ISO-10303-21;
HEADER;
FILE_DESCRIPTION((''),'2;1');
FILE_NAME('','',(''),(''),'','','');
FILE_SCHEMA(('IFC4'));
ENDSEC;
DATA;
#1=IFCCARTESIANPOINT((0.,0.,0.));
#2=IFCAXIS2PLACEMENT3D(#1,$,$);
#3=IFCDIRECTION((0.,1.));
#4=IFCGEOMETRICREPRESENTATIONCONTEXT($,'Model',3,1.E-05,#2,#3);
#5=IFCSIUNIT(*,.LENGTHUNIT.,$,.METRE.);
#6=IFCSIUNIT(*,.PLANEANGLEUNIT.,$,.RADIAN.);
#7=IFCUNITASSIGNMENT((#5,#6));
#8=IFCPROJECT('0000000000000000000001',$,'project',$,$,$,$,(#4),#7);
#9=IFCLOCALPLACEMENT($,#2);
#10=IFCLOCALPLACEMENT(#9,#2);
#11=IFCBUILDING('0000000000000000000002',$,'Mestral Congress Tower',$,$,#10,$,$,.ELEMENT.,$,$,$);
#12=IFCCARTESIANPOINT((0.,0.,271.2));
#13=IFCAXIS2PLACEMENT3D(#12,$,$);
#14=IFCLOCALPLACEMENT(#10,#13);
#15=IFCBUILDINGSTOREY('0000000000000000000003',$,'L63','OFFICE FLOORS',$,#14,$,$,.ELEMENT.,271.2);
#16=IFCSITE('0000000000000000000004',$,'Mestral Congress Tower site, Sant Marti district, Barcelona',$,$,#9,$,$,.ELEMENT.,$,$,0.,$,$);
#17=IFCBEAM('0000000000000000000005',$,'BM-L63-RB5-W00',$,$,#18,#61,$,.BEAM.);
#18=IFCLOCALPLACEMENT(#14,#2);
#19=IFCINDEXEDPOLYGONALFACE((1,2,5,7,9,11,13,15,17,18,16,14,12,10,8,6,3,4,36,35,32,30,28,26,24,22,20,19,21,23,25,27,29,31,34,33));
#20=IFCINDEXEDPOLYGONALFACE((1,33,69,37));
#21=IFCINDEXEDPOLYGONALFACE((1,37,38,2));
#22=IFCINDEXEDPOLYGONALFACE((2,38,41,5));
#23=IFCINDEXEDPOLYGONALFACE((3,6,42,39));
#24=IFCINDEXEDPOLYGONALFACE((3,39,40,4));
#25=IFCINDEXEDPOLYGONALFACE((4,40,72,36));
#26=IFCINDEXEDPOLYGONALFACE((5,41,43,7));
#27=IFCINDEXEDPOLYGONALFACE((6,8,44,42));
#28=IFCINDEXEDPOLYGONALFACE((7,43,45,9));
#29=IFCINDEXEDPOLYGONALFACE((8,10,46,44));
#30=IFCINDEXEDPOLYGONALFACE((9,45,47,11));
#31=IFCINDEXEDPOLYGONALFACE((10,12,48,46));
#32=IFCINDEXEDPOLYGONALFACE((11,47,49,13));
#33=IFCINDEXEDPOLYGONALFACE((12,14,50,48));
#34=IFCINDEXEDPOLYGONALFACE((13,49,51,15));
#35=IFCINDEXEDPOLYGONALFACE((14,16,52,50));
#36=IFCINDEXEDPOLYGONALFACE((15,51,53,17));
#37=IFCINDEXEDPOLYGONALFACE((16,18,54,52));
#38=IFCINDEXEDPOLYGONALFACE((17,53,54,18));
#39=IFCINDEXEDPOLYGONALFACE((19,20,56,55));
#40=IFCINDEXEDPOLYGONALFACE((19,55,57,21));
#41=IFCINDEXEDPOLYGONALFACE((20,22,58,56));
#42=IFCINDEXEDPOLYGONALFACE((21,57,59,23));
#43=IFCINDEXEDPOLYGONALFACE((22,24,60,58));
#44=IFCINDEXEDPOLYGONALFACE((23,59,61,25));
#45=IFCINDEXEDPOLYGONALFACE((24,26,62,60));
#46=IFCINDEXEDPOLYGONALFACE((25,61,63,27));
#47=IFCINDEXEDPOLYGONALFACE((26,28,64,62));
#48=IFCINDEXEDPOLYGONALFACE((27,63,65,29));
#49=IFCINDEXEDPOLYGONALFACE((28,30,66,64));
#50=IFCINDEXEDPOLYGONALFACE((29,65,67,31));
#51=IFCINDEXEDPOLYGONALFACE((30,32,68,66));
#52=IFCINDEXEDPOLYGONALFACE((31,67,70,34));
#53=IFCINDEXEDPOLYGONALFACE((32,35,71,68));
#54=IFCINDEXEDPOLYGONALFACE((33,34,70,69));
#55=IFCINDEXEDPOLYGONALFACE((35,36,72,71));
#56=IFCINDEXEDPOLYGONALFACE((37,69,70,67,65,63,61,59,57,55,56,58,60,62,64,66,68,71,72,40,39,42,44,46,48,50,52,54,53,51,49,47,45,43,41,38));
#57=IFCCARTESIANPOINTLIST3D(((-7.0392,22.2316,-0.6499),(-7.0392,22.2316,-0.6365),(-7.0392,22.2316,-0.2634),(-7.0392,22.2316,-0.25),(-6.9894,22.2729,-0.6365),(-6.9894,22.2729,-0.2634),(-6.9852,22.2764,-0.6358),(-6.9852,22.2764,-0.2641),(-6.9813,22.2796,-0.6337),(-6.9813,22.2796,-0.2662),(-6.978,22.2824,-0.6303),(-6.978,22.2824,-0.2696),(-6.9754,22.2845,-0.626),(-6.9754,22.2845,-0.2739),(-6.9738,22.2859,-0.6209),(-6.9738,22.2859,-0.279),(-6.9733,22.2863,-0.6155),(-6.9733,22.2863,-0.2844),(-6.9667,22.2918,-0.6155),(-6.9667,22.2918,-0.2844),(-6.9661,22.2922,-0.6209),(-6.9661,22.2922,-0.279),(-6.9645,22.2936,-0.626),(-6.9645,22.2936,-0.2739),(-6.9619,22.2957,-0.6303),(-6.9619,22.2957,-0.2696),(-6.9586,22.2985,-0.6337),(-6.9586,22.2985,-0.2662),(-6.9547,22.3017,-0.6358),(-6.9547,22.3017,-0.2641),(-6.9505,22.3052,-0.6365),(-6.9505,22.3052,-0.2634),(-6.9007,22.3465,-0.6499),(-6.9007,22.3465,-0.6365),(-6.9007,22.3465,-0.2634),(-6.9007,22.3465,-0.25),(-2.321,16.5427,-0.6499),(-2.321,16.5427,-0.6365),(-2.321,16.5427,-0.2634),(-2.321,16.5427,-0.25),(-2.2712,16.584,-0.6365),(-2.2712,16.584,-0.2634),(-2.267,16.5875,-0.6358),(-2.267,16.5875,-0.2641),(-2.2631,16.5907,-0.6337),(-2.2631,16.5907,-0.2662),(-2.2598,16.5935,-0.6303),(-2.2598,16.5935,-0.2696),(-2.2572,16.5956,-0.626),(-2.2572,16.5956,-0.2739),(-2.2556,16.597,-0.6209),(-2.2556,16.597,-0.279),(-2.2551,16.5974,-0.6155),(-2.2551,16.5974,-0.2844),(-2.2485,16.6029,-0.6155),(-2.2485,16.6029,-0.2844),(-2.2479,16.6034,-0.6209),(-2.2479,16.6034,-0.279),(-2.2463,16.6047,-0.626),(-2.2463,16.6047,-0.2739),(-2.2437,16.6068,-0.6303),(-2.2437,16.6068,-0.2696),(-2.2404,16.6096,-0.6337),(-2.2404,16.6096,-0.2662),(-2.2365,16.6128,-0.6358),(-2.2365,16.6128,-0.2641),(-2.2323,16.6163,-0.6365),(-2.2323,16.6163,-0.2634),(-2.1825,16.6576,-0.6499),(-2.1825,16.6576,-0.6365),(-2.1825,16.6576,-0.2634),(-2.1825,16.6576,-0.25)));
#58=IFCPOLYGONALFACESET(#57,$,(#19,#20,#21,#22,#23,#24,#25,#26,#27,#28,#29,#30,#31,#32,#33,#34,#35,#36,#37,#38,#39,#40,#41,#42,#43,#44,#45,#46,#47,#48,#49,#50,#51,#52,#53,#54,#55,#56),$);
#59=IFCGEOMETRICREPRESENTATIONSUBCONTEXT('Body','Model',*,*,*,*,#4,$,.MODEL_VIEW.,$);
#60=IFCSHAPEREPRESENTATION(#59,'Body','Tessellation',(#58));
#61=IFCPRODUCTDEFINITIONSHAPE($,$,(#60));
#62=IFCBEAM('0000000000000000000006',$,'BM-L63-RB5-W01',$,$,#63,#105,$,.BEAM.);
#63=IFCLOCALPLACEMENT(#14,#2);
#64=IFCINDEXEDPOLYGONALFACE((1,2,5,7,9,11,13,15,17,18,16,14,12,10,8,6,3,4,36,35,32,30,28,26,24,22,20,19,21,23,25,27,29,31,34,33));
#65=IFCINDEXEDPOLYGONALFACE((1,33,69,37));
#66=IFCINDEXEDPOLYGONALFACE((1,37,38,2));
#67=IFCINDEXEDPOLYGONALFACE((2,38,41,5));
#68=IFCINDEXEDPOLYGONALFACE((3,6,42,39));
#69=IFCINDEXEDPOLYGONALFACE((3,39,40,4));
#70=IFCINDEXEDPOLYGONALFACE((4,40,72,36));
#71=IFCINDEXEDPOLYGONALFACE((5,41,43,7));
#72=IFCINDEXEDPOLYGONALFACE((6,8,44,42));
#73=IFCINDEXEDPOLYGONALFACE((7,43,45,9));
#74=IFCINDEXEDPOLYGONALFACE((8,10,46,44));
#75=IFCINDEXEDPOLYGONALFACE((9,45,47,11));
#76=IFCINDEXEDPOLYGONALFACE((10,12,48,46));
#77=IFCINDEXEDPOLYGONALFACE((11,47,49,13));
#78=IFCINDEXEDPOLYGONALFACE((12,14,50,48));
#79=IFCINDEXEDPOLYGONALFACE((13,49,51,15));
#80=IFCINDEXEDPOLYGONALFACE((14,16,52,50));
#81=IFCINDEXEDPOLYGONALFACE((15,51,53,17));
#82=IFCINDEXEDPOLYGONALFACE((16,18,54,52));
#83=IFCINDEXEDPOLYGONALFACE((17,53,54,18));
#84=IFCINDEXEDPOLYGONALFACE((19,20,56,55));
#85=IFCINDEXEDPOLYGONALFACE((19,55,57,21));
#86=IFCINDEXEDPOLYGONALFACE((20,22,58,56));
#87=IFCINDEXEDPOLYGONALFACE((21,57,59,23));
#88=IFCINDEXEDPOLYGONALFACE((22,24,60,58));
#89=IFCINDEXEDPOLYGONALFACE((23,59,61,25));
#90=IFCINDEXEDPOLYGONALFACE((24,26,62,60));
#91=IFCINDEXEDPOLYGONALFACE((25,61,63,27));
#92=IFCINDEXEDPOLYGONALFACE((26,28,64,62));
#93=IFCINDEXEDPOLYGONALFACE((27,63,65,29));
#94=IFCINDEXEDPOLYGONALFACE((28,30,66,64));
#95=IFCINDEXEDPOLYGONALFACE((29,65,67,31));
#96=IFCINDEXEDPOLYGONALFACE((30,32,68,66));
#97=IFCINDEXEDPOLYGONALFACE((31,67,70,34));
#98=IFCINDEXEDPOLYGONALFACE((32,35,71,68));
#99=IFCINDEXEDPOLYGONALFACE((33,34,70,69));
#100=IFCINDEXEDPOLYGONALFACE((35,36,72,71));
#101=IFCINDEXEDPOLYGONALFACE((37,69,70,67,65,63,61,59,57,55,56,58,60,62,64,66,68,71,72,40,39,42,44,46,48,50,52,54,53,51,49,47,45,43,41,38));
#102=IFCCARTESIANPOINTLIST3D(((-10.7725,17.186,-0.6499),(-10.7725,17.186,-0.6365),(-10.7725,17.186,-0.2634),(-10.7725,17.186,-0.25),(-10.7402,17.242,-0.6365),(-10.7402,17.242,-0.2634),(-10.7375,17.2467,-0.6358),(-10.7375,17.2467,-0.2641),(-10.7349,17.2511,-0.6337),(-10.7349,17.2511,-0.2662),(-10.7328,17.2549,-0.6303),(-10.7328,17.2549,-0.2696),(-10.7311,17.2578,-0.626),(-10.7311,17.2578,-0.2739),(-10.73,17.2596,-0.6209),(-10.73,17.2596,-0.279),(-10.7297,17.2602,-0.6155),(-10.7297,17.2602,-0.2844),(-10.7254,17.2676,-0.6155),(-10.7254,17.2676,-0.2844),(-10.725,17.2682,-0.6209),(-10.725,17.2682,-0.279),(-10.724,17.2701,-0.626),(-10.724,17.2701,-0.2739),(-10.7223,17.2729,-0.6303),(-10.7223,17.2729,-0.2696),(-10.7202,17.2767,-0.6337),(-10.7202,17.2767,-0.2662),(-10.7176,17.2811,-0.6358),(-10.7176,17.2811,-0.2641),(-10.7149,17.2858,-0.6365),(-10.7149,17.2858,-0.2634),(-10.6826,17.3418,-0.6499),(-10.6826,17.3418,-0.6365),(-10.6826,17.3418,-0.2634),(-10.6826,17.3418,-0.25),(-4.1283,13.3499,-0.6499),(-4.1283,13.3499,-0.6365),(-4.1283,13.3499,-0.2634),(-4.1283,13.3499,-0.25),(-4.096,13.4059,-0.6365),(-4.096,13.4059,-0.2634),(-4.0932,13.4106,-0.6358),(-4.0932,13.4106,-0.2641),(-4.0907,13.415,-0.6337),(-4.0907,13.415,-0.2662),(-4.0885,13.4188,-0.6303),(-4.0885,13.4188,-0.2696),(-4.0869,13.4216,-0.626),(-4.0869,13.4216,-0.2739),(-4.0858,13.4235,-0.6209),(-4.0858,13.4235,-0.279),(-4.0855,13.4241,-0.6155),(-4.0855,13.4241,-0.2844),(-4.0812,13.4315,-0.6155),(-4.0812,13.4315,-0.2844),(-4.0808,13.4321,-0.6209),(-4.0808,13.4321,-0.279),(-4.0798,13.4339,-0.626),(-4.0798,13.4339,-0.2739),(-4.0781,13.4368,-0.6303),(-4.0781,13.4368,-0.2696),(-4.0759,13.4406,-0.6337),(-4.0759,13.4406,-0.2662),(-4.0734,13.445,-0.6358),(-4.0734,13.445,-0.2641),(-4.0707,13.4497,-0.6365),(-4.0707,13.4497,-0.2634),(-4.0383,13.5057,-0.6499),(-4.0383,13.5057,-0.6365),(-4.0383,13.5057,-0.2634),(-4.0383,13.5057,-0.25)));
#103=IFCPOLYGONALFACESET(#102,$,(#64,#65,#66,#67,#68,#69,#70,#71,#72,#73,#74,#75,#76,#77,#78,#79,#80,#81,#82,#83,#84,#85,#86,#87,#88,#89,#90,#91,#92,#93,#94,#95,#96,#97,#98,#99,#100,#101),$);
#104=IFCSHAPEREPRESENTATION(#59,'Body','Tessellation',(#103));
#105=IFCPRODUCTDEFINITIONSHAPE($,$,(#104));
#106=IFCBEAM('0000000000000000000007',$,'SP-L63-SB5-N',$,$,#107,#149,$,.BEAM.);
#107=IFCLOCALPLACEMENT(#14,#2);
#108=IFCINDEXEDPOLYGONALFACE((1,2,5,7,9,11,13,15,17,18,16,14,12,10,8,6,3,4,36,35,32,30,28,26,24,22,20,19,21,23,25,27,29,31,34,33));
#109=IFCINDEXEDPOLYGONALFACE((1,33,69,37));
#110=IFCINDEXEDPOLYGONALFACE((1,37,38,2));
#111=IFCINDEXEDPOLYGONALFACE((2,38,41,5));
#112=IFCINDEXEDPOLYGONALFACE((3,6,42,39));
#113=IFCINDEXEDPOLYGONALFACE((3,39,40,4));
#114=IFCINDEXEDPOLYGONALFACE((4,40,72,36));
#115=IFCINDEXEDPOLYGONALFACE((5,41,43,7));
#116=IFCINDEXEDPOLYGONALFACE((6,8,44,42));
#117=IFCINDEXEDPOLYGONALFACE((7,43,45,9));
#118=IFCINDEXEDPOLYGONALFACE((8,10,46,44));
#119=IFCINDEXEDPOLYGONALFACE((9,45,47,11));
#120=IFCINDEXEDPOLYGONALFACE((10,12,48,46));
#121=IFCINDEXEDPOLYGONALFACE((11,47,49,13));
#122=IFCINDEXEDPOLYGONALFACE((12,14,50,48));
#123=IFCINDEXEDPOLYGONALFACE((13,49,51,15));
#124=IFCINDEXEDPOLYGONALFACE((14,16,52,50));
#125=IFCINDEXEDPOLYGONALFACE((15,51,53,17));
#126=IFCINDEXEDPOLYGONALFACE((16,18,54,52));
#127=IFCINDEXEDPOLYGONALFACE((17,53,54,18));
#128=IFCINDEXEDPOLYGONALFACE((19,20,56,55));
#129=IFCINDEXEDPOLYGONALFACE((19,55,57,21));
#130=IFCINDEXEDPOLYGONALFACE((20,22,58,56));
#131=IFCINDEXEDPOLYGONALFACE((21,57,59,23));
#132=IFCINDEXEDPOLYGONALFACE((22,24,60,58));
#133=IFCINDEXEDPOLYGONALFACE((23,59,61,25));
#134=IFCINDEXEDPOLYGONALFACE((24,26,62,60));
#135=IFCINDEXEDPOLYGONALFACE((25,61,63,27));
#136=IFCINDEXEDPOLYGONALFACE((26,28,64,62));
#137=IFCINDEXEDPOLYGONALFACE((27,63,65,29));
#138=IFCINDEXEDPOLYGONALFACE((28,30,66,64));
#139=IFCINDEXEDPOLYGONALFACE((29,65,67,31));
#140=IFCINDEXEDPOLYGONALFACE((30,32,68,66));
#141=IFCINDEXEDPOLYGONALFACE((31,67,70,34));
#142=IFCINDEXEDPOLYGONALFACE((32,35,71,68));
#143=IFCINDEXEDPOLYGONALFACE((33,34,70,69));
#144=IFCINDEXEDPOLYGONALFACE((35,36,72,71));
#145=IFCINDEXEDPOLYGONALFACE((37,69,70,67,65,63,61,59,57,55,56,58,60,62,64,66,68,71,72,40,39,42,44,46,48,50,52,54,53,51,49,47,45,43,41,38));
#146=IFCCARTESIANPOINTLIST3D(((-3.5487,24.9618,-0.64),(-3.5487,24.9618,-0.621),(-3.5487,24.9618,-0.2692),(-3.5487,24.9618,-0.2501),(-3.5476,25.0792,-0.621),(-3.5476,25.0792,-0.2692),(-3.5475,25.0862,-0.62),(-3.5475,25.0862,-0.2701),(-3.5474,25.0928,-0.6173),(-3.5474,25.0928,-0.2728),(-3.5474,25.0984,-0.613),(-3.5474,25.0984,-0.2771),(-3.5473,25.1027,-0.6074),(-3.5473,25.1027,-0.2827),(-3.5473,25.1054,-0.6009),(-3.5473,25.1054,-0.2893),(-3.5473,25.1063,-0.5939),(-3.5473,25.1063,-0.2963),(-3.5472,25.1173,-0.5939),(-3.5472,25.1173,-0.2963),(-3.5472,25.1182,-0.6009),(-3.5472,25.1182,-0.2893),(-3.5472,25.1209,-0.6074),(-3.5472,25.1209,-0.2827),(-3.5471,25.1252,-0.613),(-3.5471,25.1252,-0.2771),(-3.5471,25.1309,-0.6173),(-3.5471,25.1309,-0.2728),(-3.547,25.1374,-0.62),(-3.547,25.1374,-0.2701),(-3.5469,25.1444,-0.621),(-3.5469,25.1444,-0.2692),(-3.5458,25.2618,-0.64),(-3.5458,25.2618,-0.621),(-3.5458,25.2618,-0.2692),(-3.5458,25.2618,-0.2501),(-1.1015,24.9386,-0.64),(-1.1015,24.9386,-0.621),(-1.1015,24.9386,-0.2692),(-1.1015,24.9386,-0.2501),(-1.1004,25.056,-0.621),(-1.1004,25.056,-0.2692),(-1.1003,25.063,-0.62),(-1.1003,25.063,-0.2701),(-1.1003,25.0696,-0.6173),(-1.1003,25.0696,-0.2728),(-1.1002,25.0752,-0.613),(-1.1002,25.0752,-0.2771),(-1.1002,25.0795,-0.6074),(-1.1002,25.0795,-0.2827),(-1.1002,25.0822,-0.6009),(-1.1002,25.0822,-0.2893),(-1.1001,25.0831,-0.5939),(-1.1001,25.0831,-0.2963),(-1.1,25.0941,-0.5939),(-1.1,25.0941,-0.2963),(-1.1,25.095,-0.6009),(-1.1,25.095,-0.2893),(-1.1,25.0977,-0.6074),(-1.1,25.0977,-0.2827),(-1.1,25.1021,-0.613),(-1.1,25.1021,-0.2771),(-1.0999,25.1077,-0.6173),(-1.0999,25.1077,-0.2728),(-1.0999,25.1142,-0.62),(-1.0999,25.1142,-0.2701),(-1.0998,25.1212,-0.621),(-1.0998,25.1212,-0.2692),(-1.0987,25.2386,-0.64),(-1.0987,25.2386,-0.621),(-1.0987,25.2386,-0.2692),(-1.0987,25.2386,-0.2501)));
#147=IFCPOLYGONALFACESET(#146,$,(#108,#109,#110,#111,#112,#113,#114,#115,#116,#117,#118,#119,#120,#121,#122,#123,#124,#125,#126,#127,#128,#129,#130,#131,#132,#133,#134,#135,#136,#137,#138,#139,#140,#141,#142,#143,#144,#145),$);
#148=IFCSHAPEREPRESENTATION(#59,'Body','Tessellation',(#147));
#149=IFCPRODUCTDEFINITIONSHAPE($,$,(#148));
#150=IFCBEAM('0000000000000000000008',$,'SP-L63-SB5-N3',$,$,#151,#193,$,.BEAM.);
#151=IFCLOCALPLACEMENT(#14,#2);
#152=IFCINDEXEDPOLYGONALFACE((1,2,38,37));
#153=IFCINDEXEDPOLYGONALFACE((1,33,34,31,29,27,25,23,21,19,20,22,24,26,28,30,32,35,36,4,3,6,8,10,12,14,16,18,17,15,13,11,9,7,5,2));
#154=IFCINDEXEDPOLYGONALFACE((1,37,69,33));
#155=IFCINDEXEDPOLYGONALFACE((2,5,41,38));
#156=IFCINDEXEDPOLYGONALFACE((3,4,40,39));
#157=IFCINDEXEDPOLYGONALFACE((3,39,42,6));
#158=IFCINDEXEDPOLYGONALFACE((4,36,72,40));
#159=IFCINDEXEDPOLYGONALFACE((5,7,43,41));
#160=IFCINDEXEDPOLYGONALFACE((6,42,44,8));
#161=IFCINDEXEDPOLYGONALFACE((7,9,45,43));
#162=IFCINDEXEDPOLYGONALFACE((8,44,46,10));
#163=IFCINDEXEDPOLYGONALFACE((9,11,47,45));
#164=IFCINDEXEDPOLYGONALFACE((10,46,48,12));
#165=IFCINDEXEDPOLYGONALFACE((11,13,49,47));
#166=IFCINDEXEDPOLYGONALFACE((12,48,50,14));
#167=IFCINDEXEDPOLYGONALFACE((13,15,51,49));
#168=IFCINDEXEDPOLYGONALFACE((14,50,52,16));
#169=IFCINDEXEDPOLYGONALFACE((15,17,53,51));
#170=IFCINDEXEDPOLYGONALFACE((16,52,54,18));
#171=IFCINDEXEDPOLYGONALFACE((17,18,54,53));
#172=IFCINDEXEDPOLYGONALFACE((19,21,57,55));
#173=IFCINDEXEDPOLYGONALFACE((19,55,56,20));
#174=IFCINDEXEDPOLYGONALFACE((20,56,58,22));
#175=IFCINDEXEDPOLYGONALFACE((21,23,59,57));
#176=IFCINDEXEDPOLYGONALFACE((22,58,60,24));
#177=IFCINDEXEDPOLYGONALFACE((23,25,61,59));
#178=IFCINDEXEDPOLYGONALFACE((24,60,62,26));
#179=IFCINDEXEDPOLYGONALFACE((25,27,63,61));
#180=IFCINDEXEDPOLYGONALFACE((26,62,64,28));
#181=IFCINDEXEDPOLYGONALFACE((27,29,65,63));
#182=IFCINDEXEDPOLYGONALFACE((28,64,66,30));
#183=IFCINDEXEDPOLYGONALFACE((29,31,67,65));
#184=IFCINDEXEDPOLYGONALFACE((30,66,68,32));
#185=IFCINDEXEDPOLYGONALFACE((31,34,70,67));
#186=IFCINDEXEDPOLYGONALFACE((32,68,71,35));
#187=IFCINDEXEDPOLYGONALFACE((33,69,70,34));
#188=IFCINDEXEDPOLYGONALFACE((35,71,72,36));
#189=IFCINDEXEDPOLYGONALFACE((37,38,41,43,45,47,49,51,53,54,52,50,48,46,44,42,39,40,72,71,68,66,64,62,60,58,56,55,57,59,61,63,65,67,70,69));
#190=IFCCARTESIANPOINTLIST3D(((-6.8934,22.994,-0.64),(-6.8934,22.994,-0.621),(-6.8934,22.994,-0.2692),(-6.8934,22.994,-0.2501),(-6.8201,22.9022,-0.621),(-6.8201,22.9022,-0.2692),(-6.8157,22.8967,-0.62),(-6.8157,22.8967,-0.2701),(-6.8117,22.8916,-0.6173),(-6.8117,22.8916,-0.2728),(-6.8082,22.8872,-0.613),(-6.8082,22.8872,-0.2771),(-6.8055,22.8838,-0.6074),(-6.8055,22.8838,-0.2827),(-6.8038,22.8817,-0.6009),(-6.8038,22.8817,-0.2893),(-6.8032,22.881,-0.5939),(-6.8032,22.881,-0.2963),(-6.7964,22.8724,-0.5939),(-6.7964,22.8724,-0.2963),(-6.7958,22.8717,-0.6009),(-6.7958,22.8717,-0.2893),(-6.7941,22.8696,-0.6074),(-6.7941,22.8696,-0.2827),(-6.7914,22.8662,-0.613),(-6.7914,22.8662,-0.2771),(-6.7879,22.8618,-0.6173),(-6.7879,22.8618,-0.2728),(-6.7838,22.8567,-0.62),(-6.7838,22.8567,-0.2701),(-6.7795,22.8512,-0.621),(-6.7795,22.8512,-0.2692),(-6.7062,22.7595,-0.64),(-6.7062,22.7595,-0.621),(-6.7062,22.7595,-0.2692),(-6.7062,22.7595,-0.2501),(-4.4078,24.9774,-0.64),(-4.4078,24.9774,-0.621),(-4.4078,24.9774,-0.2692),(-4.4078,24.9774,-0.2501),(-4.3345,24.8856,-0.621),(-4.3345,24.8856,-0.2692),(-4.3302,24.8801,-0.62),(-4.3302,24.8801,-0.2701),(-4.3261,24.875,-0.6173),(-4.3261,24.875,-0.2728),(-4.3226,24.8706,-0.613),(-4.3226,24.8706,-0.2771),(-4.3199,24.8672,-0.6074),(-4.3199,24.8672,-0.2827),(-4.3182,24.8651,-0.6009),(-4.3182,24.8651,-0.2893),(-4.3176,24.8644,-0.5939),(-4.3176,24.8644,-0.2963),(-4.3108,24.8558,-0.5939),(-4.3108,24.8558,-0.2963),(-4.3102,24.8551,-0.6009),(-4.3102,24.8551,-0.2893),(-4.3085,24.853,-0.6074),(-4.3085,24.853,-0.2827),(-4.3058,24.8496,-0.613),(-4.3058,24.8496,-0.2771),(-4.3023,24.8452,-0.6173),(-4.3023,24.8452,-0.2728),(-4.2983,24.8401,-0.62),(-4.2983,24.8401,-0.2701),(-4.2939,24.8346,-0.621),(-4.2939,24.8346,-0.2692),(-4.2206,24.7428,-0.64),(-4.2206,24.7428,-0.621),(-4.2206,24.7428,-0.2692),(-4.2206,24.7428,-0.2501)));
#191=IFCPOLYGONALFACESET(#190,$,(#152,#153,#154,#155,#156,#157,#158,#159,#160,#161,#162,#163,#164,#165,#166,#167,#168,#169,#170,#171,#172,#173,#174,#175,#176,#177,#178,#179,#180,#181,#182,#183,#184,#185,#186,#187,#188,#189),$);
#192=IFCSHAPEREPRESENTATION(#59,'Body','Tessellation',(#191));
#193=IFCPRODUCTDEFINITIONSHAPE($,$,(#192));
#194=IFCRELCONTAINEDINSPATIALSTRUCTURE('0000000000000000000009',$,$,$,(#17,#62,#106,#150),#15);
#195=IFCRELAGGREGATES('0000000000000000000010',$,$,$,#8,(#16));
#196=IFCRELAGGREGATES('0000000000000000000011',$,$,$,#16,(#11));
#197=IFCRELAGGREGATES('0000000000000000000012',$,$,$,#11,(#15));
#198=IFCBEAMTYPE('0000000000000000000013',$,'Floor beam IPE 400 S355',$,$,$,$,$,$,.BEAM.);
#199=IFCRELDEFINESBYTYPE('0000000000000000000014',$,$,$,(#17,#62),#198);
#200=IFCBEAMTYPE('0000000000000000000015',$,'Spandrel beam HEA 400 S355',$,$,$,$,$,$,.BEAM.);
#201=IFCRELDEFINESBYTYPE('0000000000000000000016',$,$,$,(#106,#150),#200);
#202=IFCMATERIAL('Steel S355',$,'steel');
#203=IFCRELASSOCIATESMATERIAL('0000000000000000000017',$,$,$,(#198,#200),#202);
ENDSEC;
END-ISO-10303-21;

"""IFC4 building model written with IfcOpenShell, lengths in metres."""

from ifc_helpers import new_model, si_unit, direction, frame, origin, origin_2d, place, context, subcontext, project, spatial, i_section, extrude, material, material_profile, profile_set, type_object, element, save


model = new_model("IFC4")

# Units and contexts
model_context = context("Model", 3, precision=1e-05, world=origin(), true_north=direction((0.0, 1.0)))
body_context = subcontext(model_context, "Body", "Model", "MODEL_VIEW")
ifc_project = project(units=[si_unit("LENGTHUNIT", "METRE"), si_unit("PLANEANGLEUNIT", "RADIAN")], contexts=[model_context])

# Site, building, storey
site_placement = place(None, origin())
site = spatial("IfcSite", under=ifc_project, at=site_placement, Name="Mestral Congress Tower site, Sant Marti district, Barcelona", CompositionType="ELEMENT", RefElevation=0.0)
building_placement = place(site_placement, origin())
building = spatial("IfcBuilding", under=site, at=building_placement, Name="Mestral Congress Tower", CompositionType="ELEMENT")
storey_placement = place(building_placement, frame((0.0, 0.0, 271.2)))
storey = spatial("IfcBuildingStorey", under=building, at=storey_placement, Name="L63", Description="OFFICE FLOORS", CompositionType="ELEMENT", Elevation=271.2)

# Beams
ifc_material_1 = material(Name="Steel S355", Category="steel")
ifc_material_profile_1 = material_profile(ifc_material_1, i_section(OverallWidth=0.1799, OverallDepth=0.3999, WebThickness=0.0085, FlangeThickness=0.0134, FilletRadius=0.021, at=origin_2d()), Name="IPE 400")
ifc_profile_set_1 = profile_set([ifc_material_profile_1], Name="Steel S355")
beam_type_1 = type_object("IfcBeamType", Name="Floor beam IPE 400 S355", PredefinedType="BEAM", material=ifc_profile_set_1)
beam_1_placement = place(storey_placement, frame((-6.97, 22.2891, -0.45), z_axis=(0.638383, -0.769719, 0.0), x_axis=(0.769719, 0.638383, 0.0)))
element("IfcBeam", 1, at=beam_1_placement, inside=storey, type_object=beam_type_1, Name="BM-L63-RB5-W00", PredefinedType="BEAM", context=body_context, shape_type="SweptSolid", body=[
    extrude(i_section(OverallWidth=0.1799, OverallDepth=0.3999, WebThickness=0.0085, FlangeThickness=0.0134, FilletRadius=0.021, at=origin_2d()), origin(), (0.0, 0.0, 1.0), 7.3909),
])
beam_2_placement = place(storey_placement, frame((-10.7275, 17.2639, -0.45), z_axis=(0.86602, -0.50001, 0.0), x_axis=(0.50001, 0.86602, 0.0)))
element("IfcBeam", 2, at=beam_2_placement, inside=storey, type_object=beam_type_1, Name="BM-L63-RB5-W01", PredefinedType="BEAM", context=body_context, shape_type="SweptSolid", body=[
    extrude(i_section(OverallWidth=0.1799, OverallDepth=0.3999, WebThickness=0.0085, FlangeThickness=0.0134, FilletRadius=0.021, at=origin_2d()), origin(), (0.0, 0.0, 1.0), 7.6721),
])
ifc_material_profile_2 = material_profile(ifc_material_1, i_section(OverallWidth=0.3, OverallDepth=0.3899, WebThickness=0.011, FlangeThickness=0.019, FilletRadius=0.0271, at=origin_2d()), Name="HEA 400")
ifc_profile_set_2 = profile_set([ifc_material_profile_2], Name="Steel S355")
beam_type_2 = type_object("IfcBeamType", Name="Spandrel beam HEA 400 S355", PredefinedType="BEAM", material=ifc_profile_set_2)
beam_3_placement = place(storey_placement, frame((-1.1001, 25.0886, -0.4451), z_axis=(-0.999955, 0.009477, 0.0), x_axis=(-0.009477, -0.999955, 0.0)))
element("IfcBeam", 3, at=beam_3_placement, inside=storey, type_object=beam_type_2, Name="SP-L63-SB5-N", PredefinedType="BEAM", context=body_context, shape_type="SweptSolid", body=[
    extrude(i_section(OverallWidth=0.3, OverallDepth=0.3899, WebThickness=0.011, FlangeThickness=0.019, FilletRadius=0.0271, at=origin_2d()), origin(), (0.0, 0.0, 1.0), 2.4473),
])
beam_4_placement = place(storey_placement, frame((-4.3142, 24.8601, -0.4451), z_axis=(-0.781647, -0.623721, 0.0), x_axis=(0.623721, -0.781647, 0.0)))
element("IfcBeam", 4, at=beam_4_placement, inside=storey, type_object=beam_type_2, Name="SP-L63-SB5-N3", PredefinedType="BEAM", context=body_context, shape_type="SweptSolid", body=[
    extrude(i_section(OverallWidth=0.3, OverallDepth=0.3899, WebThickness=0.011, FlangeThickness=0.019, FilletRadius=0.0271, at=origin_2d()), origin(), (0.0, 0.0, 1.0), 3.1799),
])

save(model, "model.ifc")
